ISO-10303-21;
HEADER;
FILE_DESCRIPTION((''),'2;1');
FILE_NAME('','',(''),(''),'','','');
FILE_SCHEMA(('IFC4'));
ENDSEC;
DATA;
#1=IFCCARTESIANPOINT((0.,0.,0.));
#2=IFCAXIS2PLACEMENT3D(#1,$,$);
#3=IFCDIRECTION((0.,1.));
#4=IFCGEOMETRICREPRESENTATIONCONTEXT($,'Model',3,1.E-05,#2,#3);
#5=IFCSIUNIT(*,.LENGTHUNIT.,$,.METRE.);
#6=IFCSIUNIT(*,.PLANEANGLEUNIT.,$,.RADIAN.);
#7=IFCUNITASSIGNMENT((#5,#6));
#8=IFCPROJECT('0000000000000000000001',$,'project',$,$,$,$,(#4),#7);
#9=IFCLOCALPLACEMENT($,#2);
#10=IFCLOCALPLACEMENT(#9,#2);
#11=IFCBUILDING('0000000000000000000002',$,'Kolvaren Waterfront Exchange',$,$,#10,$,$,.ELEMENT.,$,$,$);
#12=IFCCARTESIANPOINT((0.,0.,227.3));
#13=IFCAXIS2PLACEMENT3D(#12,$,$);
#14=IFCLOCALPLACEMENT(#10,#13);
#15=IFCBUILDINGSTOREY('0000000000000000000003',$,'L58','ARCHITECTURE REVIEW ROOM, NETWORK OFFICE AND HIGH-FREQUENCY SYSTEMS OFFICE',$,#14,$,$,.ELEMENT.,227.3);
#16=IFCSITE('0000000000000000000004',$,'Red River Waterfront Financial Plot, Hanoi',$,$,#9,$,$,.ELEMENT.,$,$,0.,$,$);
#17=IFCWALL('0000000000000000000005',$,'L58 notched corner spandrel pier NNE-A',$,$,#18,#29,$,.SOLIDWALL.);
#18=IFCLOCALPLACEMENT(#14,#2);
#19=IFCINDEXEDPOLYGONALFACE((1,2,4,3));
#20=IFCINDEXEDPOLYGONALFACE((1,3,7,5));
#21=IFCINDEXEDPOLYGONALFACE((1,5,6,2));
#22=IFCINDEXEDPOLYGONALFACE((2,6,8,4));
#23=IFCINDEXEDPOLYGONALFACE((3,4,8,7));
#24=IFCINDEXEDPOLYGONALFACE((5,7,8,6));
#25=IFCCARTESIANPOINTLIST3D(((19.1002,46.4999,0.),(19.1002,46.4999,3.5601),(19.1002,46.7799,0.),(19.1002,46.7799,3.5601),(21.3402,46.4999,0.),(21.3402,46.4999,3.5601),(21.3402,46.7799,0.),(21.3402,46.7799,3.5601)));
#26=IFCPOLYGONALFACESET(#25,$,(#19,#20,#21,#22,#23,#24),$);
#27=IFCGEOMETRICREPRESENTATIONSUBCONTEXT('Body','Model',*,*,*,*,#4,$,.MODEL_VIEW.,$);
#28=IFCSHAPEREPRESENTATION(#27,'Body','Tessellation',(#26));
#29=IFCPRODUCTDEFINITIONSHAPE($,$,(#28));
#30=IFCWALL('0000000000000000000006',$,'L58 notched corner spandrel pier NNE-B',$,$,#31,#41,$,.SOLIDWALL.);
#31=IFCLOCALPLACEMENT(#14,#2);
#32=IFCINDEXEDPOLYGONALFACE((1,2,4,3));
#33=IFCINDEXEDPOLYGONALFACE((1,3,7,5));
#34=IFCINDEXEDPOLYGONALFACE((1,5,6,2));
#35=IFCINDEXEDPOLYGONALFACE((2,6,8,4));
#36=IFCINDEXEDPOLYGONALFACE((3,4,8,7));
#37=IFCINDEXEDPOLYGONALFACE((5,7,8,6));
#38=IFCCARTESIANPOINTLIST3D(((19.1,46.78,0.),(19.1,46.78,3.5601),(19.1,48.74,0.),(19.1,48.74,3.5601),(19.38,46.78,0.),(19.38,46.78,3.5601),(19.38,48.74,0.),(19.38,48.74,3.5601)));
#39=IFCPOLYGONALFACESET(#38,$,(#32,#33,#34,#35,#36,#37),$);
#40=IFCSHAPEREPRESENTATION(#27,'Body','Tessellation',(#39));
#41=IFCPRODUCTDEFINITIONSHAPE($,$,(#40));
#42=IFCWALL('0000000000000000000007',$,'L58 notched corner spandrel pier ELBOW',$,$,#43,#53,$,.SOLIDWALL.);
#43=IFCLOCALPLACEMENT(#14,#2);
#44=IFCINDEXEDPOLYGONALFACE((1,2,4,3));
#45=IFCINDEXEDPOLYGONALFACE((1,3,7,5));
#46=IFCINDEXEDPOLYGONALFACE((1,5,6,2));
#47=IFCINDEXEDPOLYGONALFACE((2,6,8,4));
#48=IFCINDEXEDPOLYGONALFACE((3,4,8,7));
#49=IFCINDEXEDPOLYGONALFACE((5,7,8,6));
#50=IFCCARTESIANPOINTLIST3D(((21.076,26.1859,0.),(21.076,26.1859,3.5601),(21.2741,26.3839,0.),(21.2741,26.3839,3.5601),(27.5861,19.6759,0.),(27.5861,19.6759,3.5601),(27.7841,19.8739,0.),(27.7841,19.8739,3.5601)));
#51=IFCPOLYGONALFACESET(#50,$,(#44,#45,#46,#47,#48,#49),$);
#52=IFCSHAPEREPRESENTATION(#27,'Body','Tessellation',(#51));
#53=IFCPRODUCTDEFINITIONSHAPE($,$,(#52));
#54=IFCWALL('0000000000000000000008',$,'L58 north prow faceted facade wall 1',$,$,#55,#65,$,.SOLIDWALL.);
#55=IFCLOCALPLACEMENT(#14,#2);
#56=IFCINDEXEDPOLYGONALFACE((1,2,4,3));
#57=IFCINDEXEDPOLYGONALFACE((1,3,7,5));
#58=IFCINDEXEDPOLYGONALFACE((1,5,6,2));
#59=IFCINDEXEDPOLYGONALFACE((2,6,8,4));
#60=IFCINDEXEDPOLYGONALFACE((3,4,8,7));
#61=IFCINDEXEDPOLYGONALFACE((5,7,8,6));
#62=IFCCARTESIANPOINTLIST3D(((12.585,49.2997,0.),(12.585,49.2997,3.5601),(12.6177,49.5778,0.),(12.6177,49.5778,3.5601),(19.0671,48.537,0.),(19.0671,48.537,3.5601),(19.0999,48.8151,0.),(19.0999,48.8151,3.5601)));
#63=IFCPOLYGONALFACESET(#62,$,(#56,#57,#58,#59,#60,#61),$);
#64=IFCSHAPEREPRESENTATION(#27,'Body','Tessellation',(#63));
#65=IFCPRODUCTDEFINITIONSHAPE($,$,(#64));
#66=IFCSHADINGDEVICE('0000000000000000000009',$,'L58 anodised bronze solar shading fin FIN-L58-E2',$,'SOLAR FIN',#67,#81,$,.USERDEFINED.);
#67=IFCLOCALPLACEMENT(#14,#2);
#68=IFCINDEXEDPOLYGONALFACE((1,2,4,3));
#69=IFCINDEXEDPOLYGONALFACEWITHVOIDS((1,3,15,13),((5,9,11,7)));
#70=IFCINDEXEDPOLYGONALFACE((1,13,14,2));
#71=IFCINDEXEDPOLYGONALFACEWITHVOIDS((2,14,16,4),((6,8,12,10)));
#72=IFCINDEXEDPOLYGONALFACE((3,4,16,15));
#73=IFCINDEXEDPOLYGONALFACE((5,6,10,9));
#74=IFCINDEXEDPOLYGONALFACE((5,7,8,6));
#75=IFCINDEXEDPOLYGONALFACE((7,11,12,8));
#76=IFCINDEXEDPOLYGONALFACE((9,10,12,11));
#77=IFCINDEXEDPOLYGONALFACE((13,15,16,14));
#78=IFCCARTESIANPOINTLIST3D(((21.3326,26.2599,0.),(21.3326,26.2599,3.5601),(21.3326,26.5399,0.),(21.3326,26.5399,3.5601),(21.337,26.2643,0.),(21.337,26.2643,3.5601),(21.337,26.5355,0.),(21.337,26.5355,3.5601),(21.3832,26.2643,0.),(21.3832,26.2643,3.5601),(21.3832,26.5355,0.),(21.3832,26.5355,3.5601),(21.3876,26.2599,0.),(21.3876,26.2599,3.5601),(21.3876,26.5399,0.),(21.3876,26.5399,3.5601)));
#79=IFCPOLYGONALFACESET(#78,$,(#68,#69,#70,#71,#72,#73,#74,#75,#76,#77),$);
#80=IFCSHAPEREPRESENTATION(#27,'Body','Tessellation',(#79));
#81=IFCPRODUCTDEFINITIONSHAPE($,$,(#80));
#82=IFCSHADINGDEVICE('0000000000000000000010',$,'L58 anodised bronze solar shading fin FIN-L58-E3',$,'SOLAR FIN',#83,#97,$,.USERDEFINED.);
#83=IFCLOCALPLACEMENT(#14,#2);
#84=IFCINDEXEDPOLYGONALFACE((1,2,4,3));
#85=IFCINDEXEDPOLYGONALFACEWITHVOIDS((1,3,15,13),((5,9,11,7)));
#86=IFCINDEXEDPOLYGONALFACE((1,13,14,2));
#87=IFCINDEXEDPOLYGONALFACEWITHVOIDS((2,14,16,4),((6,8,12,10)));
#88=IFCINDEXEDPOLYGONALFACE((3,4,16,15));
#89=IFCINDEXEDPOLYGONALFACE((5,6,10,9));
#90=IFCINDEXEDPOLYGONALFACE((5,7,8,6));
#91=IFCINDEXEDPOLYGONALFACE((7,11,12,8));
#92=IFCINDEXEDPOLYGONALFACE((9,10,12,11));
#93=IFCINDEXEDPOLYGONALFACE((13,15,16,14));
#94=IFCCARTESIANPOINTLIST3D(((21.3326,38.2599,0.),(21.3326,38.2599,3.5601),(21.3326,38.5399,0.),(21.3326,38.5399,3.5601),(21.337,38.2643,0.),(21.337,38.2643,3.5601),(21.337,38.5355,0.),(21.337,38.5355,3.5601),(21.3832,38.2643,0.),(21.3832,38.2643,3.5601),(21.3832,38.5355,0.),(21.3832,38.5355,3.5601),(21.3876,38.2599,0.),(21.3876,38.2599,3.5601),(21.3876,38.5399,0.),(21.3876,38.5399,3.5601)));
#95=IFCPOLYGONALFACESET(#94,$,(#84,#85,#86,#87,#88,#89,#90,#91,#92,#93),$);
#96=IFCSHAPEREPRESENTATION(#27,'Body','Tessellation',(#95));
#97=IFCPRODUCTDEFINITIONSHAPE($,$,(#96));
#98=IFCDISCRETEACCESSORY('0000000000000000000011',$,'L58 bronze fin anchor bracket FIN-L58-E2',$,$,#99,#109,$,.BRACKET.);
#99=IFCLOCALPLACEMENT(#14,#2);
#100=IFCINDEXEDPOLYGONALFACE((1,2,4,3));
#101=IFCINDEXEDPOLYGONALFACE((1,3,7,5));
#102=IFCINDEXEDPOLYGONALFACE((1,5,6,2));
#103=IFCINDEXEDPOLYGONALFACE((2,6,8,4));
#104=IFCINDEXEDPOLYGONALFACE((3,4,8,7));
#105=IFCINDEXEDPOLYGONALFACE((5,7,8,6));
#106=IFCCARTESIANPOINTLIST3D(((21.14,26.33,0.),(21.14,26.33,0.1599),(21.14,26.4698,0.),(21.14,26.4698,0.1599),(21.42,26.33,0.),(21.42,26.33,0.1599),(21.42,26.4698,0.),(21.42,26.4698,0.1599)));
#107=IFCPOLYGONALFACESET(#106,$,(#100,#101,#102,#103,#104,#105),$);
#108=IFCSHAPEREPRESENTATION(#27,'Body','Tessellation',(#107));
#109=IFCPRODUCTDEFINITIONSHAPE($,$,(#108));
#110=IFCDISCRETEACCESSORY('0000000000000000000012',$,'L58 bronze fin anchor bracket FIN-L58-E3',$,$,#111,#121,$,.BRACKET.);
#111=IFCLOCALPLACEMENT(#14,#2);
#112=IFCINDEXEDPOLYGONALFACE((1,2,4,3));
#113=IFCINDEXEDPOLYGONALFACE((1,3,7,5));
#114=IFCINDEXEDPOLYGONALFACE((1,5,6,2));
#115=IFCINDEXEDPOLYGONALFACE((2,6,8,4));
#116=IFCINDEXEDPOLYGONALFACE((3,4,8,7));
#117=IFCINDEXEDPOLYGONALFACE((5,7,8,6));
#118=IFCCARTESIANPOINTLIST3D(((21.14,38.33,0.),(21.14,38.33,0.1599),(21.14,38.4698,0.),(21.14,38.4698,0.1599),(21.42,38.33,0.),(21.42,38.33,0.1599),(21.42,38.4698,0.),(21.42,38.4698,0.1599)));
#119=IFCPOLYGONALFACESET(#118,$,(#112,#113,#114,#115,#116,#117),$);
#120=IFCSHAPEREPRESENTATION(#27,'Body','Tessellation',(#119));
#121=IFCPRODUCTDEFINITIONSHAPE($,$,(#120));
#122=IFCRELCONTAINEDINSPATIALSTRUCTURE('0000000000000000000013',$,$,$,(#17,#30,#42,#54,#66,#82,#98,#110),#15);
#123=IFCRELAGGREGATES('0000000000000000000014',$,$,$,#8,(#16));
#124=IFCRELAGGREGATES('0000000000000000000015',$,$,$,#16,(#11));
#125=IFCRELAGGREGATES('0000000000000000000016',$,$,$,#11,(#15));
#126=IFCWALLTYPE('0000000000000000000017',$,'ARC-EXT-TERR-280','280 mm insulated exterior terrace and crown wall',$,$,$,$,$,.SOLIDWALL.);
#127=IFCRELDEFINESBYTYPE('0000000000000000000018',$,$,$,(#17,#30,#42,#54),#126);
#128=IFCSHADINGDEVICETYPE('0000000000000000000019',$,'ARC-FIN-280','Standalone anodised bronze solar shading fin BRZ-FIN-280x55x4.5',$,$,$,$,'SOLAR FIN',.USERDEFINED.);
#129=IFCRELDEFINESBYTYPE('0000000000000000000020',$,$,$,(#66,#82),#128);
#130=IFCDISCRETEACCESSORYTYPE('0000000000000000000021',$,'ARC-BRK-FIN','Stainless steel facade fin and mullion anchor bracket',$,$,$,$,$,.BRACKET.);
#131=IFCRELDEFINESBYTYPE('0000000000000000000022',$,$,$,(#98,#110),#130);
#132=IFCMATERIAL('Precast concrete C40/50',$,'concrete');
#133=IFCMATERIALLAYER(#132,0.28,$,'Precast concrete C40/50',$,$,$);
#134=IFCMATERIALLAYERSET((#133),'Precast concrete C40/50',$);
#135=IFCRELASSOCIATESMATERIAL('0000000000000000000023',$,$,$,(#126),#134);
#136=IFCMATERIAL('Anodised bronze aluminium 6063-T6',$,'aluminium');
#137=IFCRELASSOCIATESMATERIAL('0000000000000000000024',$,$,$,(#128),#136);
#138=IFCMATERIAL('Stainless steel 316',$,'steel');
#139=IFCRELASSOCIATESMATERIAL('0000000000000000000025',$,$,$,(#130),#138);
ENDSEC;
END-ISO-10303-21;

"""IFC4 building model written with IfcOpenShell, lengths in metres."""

from ifc_helpers import new_model, si_unit, direction, frame, frame_2d, origin, origin_with_axes, origin_2d, place, context, subcontext, project, spatial, rectangle, hollow_rectangle, extrude, source, transform, mapped, material, layer, layer_set, material_profile, profile_set, type_object, element, save


model = new_model("IFC4")

# Units and contexts
model_context = context("Model", 3, precision=1e-05, world=origin(), true_north=direction((0.0, 1.0)))
body_context = subcontext(model_context, "Body", "Model", "MODEL_VIEW")
ifc_project = project(units=[si_unit("LENGTHUNIT", "METRE"), si_unit("PLANEANGLEUNIT", "RADIAN")], contexts=[model_context])

# Site, building, storey
site_placement = place(None, origin())
site = spatial("IfcSite", under=ifc_project, at=site_placement, Name="Red River Waterfront Financial Plot, Hanoi", CompositionType="ELEMENT", RefElevation=0.0)
building_placement = place(site_placement, origin())
building = spatial("IfcBuilding", under=site, at=building_placement, Name="Kolvaren Waterfront Exchange", CompositionType="ELEMENT")
storey_placement = place(building_placement, frame((0.0, 0.0, 227.3)))
storey = spatial("IfcBuildingStorey", under=building, at=storey_placement, Name="L58", Description="ARCHITECTURE REVIEW ROOM, NETWORK OFFICE AND HIGH-FREQUENCY SYSTEMS OFFICE", CompositionType="ELEMENT", Elevation=227.3)

# Shared definitions
ifc_material_1 = material(Name="Anodised bronze aluminium 6063-T6", Category="aluminium")

# Walls
ifc_material_2 = material(Name="Precast concrete C40/50", Category="concrete")
ifc_layer_1 = layer(ifc_material_2, 0.28, Name="Precast concrete C40/50")
ifc_layer_set_1 = layer_set([ifc_layer_1], Name="Precast concrete C40/50")
wall_type = type_object("IfcWallType", Name="ARC-EXT-TERR-280", Description="280 mm insulated exterior terrace and crown wall", PredefinedType="SOLIDWALL", material=ifc_layer_set_1)
wall_1_placement = place(storey_placement, frame((19.1001, 46.6399, 0.0), z_axis=(0.0, 0.0, 1.0), x_axis=(1.0, 0.0, 0.0)))
element("IfcWall", 1, at=wall_1_placement, inside=storey, type_object=wall_type, Name="L58 notched corner spandrel pier NNE-A", PredefinedType="SOLIDWALL", context=body_context, shape_type="SweptSolid", body=[
    extrude(rectangle(XDim=2.24, YDim=0.28, at=frame_2d((1.1201, 0.0))), origin(), (0.0, 0.0, 1.0), 3.5601),
])
wall_2_placement = place(storey_placement, frame((19.24, 46.78, 0.0), z_axis=(0.0, 0.0, 1.0), x_axis=(0.0, 1.0, 0.0)))
element("IfcWall", 2, at=wall_2_placement, inside=storey, type_object=wall_type, Name="L58 notched corner spandrel pier NNE-B", PredefinedType="SOLIDWALL", context=body_context, shape_type="SweptSolid", body=[
    extrude(rectangle(XDim=1.96, YDim=0.28, at=frame_2d((0.98, 0.0))), origin(), (0.0, 0.0, 1.0), 3.5601),
])
wall_3_placement = place(storey_placement, frame((27.6851, 19.7749, 0.0), z_axis=(0.0, 0.0, 1.0), x_axis=(-0.707107, 0.707107, 0.0)))
element("IfcWall", 3, at=wall_3_placement, inside=storey, type_object=wall_type, Name="L58 notched corner spandrel pier ELBOW", PredefinedType="SOLIDWALL", context=body_context, shape_type="SweptSolid", body=[
    extrude(rectangle(XDim=9.2065, YDim=0.28, at=frame_2d((4.6033, 0.0))), origin(), (0.0, 0.0, 1.0), 3.5601),
])
wall_4_placement = place(storey_placement, frame((19.0835, 48.676, 0.0), z_axis=(0.0, 0.0, 1.0), x_axis=(-0.993149, 0.116854, 0.0)))
element("IfcWall", 4, at=wall_4_placement, inside=storey, type_object=wall_type, Name="L58 north prow faceted facade wall 1", PredefinedType="SOLIDWALL", context=body_context, shape_type="SweptSolid", body=[
    extrude(rectangle(XDim=6.5269, YDim=0.28, at=frame_2d((3.2634, 0.0))), origin(), (0.0, 0.0, 1.0), 3.5601),
])

# Shading devices
ifc_material_profile_1 = material_profile(ifc_material_1, hollow_rectangle(XDim=0.0549, YDim=0.28, WallThickness=0.0044, at=origin_2d()), Name="BRZ-FIN-280x55x4.5")
ifc_profile_set_1 = profile_set([ifc_material_profile_1], Name="Anodised bronze aluminium 6063-T6")
shading_device_type = type_object("IfcShadingDeviceType", Name="ARC-FIN-280", Description="Standalone anodised bronze solar shading fin BRZ-FIN-280x55x4.5", ElementType="SOLAR FIN", PredefinedType="USERDEFINED", material=ifc_profile_set_1)
for number, where, z_axis, x_axis, name in (
    (5, (21.3601, 26.3999, 0.0), (0.0, 0.0, 1.0), (1.0, 0.0, 0.0), "L58 anodised bronze solar shading fin FIN-L58-E2"),
    (6, (21.3601, 38.3999, 0.0), (0.0, 0.0, 1.0), (1.0, 0.0, 0.0), "L58 anodised bronze solar shading fin FIN-L58-E3"),
):
    element("IfcShadingDevice", number, at=place(storey_placement, frame(where, z_axis=z_axis, x_axis=x_axis)), inside=storey, type_object=shading_device_type, Name=name, ObjectType="SOLAR FIN", PredefinedType="USERDEFINED", context=body_context, shape_type="SweptSolid", body=[
        extrude(hollow_rectangle(XDim=0.0549, YDim=0.28, WallThickness=0.0044, at=origin_2d()), origin(), (0.0, 0.0, 1.0), 3.5601),
    ])

# Shared definitions
ifc_material_3 = material(Name="Stainless steel 316", Category="steel")

# Discrete accessories
discrete_accessory_type = type_object("IfcDiscreteAccessoryType", Name="ARC-BRK-FIN", Description="Stainless steel facade fin and mullion anchor bracket", PredefinedType="BRACKET", material=ifc_material_3)
shared_shape_1 = source(origin_with_axes(), body_context, "Body", "SweptSolid", [
    extrude(rectangle(XDim=0.28, YDim=0.1399, at=origin_2d()), origin(), (0.0, 0.0, 1.0), 0.1599),
])
for number, where, z_axis, x_axis, name in (
    (7, (21.28, 26.3999, 0.0), (0.0, 0.0, 1.0), (1.0, 0.0, 0.0), "L58 bronze fin anchor bracket FIN-L58-E2"),
    (8, (21.28, 38.3999, 0.0), (0.0, 0.0, 1.0), (1.0, 0.0, 0.0), "L58 bronze fin anchor bracket FIN-L58-E3"),
):
    element("IfcDiscreteAccessory", number, at=place(storey_placement, frame(where, z_axis=z_axis, x_axis=x_axis)), inside=storey, type_object=discrete_accessory_type, Name=name, PredefinedType="BRACKET", context=body_context, shape_type="MappedRepresentation", body=[
        mapped(shared_shape_1, transform((0.0, 0.0, 0.0), x_axis=(1.0, 0.0, 0.0), y_axis=(0.0, 1.0, 0.0), z_axis=(0.0, 0.0, 1.0), scale=1.0)),
    ])

save(model, "model.ifc")
